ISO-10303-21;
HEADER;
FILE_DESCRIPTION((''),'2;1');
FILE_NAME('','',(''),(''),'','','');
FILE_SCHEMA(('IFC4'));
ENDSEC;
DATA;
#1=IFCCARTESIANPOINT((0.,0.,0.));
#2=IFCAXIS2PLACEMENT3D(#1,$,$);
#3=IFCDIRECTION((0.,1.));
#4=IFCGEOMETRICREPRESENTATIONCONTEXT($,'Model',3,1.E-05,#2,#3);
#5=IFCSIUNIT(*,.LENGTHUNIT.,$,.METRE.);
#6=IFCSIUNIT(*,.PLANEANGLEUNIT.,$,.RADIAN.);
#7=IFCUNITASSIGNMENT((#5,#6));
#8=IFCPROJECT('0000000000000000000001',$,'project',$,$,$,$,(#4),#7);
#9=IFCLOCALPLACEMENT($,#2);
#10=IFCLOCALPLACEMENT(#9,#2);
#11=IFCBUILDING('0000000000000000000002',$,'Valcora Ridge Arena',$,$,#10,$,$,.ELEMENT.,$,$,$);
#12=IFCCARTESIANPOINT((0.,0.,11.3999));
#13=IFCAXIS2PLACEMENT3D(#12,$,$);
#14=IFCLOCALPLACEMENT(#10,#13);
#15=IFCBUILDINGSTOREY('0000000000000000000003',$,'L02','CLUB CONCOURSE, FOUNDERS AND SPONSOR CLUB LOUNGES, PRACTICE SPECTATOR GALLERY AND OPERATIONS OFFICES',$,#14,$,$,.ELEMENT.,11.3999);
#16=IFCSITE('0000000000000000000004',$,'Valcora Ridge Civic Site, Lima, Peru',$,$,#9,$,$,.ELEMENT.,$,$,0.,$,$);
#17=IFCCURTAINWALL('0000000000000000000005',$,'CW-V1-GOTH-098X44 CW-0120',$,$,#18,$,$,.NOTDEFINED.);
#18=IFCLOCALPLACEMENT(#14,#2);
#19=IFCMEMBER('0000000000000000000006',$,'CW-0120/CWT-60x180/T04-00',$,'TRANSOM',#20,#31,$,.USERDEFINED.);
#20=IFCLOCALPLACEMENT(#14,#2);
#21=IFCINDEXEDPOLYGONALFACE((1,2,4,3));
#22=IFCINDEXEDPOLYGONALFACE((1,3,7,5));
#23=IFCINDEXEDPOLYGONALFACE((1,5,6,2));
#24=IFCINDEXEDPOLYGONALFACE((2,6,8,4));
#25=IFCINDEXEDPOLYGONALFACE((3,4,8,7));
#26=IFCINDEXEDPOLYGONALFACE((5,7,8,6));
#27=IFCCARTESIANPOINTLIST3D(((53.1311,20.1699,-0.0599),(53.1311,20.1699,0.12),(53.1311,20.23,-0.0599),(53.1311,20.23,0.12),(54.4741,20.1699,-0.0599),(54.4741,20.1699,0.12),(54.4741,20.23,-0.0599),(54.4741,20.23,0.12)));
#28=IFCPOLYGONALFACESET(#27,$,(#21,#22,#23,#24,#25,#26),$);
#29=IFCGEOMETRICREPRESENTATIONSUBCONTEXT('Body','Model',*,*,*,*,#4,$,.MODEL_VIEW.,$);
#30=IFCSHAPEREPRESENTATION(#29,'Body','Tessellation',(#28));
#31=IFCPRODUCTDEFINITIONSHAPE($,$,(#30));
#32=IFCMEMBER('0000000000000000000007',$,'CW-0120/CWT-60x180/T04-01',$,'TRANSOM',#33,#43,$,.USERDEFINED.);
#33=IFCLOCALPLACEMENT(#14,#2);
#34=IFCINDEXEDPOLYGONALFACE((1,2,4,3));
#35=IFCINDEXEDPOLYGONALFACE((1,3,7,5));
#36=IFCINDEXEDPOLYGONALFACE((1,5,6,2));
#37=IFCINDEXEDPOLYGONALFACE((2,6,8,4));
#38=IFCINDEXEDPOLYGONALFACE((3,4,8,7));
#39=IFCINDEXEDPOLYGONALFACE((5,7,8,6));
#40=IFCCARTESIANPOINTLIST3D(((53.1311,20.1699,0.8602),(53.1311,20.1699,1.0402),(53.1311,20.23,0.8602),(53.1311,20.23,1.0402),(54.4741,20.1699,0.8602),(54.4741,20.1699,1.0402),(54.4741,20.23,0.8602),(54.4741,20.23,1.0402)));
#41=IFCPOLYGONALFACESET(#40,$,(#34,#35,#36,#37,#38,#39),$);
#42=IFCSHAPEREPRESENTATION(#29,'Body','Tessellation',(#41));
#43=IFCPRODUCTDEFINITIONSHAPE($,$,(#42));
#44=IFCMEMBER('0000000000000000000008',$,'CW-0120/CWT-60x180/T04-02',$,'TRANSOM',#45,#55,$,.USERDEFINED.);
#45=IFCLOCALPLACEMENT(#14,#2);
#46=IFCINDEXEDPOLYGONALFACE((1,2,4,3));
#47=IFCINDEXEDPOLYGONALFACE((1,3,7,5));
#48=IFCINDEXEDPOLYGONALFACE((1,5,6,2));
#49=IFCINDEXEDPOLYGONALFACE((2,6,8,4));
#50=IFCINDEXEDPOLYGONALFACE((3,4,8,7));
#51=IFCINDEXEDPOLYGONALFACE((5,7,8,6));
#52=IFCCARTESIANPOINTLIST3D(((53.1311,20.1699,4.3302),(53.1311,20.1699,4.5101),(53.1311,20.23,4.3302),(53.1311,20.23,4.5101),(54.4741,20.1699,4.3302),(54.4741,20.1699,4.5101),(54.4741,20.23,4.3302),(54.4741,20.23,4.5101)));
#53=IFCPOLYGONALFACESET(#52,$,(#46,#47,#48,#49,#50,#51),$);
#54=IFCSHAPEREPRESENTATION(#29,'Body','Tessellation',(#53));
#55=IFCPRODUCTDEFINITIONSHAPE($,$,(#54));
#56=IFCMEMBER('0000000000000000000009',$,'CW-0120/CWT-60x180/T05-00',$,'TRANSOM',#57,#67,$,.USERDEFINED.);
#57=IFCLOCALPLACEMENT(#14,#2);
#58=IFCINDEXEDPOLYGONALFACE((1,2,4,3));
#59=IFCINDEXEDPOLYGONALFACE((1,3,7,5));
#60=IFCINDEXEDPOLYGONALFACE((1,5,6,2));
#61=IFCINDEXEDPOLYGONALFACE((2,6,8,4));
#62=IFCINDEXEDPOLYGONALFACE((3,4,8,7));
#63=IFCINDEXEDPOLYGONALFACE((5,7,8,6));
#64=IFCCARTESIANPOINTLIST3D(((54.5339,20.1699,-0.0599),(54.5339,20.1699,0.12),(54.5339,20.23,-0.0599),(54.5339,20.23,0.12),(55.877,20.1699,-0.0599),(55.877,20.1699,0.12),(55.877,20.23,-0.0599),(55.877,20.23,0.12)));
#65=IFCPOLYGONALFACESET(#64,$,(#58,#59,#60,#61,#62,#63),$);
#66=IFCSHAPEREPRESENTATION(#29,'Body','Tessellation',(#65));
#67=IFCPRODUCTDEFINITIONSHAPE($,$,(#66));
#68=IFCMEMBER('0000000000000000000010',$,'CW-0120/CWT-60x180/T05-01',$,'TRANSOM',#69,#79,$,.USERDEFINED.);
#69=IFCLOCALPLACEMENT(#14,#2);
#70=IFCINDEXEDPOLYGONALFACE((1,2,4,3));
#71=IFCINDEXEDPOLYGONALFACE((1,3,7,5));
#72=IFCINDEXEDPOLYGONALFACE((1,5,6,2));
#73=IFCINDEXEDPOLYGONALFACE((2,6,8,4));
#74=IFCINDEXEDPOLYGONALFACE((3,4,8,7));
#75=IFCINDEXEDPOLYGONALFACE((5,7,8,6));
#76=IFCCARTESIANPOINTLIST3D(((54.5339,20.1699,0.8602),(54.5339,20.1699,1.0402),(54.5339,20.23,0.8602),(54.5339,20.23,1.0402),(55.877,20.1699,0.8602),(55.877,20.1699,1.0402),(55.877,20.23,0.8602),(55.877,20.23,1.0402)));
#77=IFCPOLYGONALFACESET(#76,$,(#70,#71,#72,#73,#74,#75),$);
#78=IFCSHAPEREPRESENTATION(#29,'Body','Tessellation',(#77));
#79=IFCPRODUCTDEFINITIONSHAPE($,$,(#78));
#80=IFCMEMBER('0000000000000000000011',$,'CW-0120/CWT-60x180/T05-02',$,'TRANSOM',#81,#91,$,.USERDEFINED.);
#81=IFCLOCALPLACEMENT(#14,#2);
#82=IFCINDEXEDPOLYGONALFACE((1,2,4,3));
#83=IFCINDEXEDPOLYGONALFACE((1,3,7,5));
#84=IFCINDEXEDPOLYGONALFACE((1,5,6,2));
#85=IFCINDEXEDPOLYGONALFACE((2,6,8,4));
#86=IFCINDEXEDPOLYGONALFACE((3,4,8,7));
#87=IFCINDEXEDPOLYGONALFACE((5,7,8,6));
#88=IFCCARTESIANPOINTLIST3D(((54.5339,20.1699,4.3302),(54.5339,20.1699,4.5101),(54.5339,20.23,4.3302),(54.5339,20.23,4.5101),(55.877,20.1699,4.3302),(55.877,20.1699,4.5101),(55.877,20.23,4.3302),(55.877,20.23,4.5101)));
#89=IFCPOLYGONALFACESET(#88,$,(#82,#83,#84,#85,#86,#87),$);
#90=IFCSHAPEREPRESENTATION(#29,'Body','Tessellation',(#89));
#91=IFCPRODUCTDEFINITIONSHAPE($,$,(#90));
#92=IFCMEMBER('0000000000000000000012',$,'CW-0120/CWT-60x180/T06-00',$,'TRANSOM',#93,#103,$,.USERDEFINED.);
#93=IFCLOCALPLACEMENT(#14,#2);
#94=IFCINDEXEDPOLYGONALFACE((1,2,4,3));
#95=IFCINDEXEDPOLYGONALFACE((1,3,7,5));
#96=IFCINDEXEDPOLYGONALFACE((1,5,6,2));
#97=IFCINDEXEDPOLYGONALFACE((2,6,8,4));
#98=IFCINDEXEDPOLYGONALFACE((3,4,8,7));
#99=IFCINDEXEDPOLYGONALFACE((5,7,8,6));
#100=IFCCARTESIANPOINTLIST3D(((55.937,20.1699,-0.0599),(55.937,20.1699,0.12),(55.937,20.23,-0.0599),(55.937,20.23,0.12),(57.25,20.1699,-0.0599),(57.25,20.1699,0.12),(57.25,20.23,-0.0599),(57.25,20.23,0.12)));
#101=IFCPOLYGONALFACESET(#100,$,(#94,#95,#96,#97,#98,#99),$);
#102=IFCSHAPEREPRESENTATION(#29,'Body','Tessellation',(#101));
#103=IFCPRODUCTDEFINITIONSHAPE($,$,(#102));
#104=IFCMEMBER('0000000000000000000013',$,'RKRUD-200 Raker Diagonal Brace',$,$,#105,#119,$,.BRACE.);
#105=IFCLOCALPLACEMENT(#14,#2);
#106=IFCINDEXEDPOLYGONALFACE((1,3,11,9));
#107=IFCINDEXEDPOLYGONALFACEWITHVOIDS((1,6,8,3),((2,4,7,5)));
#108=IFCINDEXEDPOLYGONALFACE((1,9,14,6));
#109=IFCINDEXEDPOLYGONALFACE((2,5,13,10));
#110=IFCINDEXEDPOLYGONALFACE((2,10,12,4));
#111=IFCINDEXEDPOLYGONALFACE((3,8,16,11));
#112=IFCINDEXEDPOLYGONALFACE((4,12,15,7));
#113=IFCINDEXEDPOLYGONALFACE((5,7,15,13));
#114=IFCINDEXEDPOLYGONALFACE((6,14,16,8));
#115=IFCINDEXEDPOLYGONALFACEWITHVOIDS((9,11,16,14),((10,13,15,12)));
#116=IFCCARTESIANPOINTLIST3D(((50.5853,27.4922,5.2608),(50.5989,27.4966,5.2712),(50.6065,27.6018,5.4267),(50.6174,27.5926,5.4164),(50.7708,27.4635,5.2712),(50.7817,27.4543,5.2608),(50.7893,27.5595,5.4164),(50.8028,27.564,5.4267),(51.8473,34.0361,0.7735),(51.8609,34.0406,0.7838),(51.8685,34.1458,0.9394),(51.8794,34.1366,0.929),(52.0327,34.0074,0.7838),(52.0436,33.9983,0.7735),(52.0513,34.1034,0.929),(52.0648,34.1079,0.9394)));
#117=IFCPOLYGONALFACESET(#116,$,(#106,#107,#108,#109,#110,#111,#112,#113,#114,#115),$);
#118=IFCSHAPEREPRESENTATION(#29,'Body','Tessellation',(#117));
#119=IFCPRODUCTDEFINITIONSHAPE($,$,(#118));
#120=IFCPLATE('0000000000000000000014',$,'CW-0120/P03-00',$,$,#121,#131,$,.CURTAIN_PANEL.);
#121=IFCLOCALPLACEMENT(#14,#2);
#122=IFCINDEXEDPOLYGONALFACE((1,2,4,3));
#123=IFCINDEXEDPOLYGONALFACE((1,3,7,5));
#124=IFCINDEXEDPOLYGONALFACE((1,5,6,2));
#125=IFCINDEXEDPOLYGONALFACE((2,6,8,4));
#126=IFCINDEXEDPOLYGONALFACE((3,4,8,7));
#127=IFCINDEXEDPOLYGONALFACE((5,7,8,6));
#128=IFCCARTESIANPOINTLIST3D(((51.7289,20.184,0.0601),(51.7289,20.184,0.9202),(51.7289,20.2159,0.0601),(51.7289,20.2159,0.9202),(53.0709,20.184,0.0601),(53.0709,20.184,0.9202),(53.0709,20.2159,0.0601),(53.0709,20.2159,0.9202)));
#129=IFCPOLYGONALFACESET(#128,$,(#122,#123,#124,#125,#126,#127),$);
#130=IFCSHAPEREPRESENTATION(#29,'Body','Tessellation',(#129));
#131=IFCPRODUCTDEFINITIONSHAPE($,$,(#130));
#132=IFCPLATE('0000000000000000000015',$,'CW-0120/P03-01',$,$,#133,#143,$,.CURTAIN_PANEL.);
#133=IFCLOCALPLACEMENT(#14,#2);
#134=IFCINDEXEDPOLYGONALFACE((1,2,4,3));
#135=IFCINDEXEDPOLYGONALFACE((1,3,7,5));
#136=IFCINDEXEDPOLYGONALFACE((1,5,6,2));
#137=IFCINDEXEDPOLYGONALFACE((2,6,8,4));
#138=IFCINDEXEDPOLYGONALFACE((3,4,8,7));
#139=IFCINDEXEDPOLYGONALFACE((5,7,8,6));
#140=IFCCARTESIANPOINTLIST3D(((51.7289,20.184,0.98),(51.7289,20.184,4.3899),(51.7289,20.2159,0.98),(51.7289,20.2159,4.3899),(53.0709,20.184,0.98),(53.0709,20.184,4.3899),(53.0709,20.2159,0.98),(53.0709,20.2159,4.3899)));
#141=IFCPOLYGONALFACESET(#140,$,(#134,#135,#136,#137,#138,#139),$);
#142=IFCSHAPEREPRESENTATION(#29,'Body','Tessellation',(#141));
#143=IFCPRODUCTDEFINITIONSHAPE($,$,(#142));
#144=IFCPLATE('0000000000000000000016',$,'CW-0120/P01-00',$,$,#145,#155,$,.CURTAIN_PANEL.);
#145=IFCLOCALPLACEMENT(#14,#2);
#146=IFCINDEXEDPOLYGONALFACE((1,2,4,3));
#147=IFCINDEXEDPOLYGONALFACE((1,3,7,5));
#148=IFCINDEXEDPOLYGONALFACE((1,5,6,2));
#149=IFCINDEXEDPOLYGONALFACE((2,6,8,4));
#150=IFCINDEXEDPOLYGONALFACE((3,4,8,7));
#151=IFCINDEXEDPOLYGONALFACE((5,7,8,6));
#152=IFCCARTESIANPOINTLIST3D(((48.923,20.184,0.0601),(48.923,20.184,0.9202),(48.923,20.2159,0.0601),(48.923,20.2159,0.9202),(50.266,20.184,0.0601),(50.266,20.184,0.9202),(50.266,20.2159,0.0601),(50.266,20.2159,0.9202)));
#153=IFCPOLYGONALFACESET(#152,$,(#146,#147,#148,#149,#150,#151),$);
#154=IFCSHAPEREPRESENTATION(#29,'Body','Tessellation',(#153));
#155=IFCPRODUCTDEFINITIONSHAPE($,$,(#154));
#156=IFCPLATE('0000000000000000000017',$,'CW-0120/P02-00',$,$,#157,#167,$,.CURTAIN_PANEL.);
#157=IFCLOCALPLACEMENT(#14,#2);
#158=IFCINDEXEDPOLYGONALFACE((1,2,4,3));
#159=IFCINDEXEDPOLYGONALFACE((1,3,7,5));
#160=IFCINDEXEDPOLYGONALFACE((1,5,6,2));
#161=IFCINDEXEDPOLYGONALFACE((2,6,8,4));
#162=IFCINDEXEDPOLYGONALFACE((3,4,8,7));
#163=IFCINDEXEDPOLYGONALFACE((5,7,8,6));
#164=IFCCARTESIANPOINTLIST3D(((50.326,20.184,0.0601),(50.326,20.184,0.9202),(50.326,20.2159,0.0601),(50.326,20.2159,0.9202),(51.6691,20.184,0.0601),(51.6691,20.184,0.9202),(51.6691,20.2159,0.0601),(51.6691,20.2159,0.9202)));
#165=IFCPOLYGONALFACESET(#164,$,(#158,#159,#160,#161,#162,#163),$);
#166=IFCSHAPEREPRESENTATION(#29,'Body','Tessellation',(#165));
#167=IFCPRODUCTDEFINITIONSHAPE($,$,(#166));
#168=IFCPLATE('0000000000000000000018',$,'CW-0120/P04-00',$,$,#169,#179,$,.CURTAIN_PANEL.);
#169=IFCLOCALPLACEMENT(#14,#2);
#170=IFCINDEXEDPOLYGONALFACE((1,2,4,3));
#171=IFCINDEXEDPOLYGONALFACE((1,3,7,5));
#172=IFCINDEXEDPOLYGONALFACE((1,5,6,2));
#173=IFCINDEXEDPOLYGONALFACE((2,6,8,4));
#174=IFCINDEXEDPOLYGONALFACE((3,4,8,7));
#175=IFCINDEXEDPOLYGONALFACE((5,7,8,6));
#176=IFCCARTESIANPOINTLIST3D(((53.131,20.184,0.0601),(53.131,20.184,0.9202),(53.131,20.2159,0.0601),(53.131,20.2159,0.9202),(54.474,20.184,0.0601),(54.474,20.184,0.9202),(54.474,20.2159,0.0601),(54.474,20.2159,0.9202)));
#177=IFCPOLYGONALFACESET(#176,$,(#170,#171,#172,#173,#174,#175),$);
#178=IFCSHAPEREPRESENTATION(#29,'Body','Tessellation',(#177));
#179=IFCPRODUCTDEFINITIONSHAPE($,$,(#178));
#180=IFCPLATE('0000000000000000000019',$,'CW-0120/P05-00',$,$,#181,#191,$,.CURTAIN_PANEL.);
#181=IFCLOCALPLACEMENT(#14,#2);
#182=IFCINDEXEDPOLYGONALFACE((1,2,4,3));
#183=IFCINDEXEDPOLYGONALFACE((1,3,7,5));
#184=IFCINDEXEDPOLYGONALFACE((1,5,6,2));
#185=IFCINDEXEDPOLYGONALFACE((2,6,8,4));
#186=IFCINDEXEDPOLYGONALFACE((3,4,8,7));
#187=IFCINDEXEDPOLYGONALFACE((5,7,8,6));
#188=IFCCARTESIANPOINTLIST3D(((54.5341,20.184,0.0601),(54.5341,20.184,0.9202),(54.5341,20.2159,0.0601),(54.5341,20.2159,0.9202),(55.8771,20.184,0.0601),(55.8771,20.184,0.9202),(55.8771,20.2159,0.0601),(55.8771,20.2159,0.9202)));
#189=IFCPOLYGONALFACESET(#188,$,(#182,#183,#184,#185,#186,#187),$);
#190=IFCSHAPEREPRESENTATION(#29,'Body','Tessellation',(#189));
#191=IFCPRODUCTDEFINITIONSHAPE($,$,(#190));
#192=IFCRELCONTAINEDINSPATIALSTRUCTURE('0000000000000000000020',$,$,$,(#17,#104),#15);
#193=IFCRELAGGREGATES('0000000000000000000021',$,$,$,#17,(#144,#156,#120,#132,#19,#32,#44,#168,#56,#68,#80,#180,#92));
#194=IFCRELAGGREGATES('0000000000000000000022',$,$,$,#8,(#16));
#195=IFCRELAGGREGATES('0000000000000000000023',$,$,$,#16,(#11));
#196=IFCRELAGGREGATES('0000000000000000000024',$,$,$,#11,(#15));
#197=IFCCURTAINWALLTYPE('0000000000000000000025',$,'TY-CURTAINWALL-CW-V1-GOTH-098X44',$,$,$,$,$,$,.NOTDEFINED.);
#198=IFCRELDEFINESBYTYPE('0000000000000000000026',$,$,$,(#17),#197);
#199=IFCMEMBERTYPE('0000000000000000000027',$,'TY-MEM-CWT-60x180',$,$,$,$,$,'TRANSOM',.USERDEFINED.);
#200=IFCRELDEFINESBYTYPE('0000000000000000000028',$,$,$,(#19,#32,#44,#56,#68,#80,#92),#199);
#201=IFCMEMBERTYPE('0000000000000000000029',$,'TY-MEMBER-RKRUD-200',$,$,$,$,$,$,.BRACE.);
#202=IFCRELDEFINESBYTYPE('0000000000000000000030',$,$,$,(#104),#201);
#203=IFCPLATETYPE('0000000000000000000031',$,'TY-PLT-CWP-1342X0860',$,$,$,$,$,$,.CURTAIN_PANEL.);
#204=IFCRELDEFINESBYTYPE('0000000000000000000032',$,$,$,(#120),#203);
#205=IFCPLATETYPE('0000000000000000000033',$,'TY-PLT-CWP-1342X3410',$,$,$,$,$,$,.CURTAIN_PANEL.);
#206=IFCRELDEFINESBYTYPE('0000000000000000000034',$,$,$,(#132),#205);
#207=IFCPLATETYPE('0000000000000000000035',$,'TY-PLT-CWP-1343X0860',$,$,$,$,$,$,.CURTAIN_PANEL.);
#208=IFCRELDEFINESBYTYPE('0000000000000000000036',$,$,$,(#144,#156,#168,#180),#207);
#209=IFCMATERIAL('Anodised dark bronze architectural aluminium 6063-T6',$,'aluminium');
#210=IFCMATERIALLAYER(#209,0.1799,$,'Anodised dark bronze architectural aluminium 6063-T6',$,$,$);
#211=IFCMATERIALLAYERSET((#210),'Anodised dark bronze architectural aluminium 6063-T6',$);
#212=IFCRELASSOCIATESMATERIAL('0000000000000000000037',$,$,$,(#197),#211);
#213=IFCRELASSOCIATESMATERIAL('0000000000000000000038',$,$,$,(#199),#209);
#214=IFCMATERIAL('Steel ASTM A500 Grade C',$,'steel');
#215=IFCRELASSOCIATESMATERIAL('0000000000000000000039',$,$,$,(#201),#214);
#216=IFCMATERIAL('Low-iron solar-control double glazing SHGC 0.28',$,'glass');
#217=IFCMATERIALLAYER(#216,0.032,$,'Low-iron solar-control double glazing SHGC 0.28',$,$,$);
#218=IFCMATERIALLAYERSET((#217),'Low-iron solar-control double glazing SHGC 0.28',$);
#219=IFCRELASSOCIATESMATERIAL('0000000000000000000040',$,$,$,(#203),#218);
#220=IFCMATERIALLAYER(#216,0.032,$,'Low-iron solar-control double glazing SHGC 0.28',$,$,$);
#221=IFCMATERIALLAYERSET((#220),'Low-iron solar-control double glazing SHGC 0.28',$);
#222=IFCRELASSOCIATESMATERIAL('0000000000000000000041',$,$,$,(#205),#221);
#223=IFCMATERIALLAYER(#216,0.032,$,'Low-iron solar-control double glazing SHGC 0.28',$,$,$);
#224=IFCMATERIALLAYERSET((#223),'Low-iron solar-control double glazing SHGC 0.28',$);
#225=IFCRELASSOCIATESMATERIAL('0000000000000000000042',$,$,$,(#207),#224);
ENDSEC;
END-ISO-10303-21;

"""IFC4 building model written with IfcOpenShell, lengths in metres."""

from ifc_helpers import new_model, si_unit, direction, frame, origin, origin_2d, place, context, subcontext, project, spatial, rectangle, hollow_rectangle, extrude, material, layer, layer_set, material_profile, profile_set, type_object, element, aggregate, save


model = new_model("IFC4")

# Units and contexts
model_context = context("Model", 3, precision=1e-05, world=origin(), true_north=direction((0.0, 1.0)))
body_context = subcontext(model_context, "Body", "Model", "MODEL_VIEW")
ifc_project = project(units=[si_unit("LENGTHUNIT", "METRE"), si_unit("PLANEANGLEUNIT", "RADIAN")], contexts=[model_context])

# Site, building, storey
site_placement = place(None, origin())
site = spatial("IfcSite", under=ifc_project, at=site_placement, Name="Valcora Ridge Civic Site, Lima, Peru", CompositionType="ELEMENT", RefElevation=0.0)
building_placement = place(site_placement, origin())
building = spatial("IfcBuilding", under=site, at=building_placement, Name="Valcora Ridge Arena", CompositionType="ELEMENT")
storey_placement = place(building_placement, frame((0.0, 0.0, 11.3999)))
storey = spatial("IfcBuildingStorey", under=building, at=storey_placement, Name="L02", Description="CLUB CONCOURSE, FOUNDERS AND SPONSOR CLUB LOUNGES, PRACTICE SPECTATOR GALLERY AND OPERATIONS OFFICES", CompositionType="ELEMENT", Elevation=11.3999)

# Curtain wall, members
ifc_material_1 = material(Name="Anodised dark bronze architectural aluminium 6063-T6", Category="aluminium")
ifc_layer_1 = layer(ifc_material_1, 0.1799, Name="Anodised dark bronze architectural aluminium 6063-T6")
ifc_layer_set_1 = layer_set([ifc_layer_1], Name="Anodised dark bronze architectural aluminium 6063-T6")
curtain_wall_type = type_object("IfcCurtainWallType", Name="TY-CURTAINWALL-CW-V1-GOTH-098X44", PredefinedType="NOTDEFINED", material=ifc_layer_set_1)
curtain_wall_placement = place(storey_placement, origin())
curtain_wall = element("IfcCurtainWall", 1, at=curtain_wall_placement, inside=storey, type_object=curtain_wall_type, Name="CW-V1-GOTH-098X44 CW-0120", PredefinedType="NOTDEFINED")
ifc_material_profile_1 = material_profile(ifc_material_1, rectangle(XDim=0.0601, YDim=0.1799, at=origin_2d()), Name="ALU TRANSOM 60x180")
ifc_profile_set_1 = profile_set([ifc_material_profile_1], Name="Anodised dark bronze architectural aluminium 6063-T6")
member_type_1 = type_object("IfcMemberType", Name="TY-MEM-CWT-60x180", ElementType="TRANSOM", PredefinedType="USERDEFINED", material=ifc_profile_set_1)
member_1_placement = place(storey_placement, frame((53.1311, 20.2, 0.03), z_axis=(1.0, 0.0, 0.0), x_axis=(0.0, 1.0, 0.0)))
member_1 = element("IfcMember", 2, at=member_1_placement, type_object=member_type_1, Name="CW-0120/CWT-60x180/T04-00", ObjectType="TRANSOM", PredefinedType="USERDEFINED", context=body_context, shape_type="SweptSolid", body=[
    extrude(rectangle(XDim=0.0601, YDim=0.1799, at=origin_2d()), origin(), (0.0, 0.0, 1.0), 1.343),
])
member_2_placement = place(storey_placement, frame((53.1311, 20.2, 0.9502), z_axis=(1.0, 0.0, 0.0), x_axis=(0.0, 1.0, 0.0)))
member_2 = element("IfcMember", 3, at=member_2_placement, type_object=member_type_1, Name="CW-0120/CWT-60x180/T04-01", ObjectType="TRANSOM", PredefinedType="USERDEFINED", context=body_context, shape_type="SweptSolid", body=[
    extrude(rectangle(XDim=0.0601, YDim=0.1799, at=origin_2d()), origin(), (0.0, 0.0, 1.0), 1.343),
])
member_3_placement = place(storey_placement, frame((53.1311, 20.2, 4.4202), z_axis=(1.0, 0.0, 0.0), x_axis=(0.0, 1.0, 0.0)))
member_3 = element("IfcMember", 4, at=member_3_placement, type_object=member_type_1, Name="CW-0120/CWT-60x180/T04-02", ObjectType="TRANSOM", PredefinedType="USERDEFINED", context=body_context, shape_type="SweptSolid", body=[
    extrude(rectangle(XDim=0.0601, YDim=0.1799, at=origin_2d()), origin(), (0.0, 0.0, 1.0), 1.343),
])
member_4_placement = place(storey_placement, frame((54.5339, 20.2, 0.03), z_axis=(1.0, 0.0, 0.0), x_axis=(0.0, 1.0, 0.0)))
member_4 = element("IfcMember", 5, at=member_4_placement, type_object=member_type_1, Name="CW-0120/CWT-60x180/T05-00", ObjectType="TRANSOM", PredefinedType="USERDEFINED", context=body_context, shape_type="SweptSolid", body=[
    extrude(rectangle(XDim=0.0601, YDim=0.1799, at=origin_2d()), origin(), (0.0, 0.0, 1.0), 1.343),
])
member_5_placement = place(storey_placement, frame((54.5339, 20.2, 0.9502), z_axis=(1.0, 0.0, 0.0), x_axis=(0.0, 1.0, 0.0)))
member_5 = element("IfcMember", 6, at=member_5_placement, type_object=member_type_1, Name="CW-0120/CWT-60x180/T05-01", ObjectType="TRANSOM", PredefinedType="USERDEFINED", context=body_context, shape_type="SweptSolid", body=[
    extrude(rectangle(XDim=0.0601, YDim=0.1799, at=origin_2d()), origin(), (0.0, 0.0, 1.0), 1.343),
])
member_6_placement = place(storey_placement, frame((54.5339, 20.2, 4.4202), z_axis=(1.0, 0.0, 0.0), x_axis=(0.0, 1.0, 0.0)))
member_6 = element("IfcMember", 7, at=member_6_placement, type_object=member_type_1, Name="CW-0120/CWT-60x180/T05-02", ObjectType="TRANSOM", PredefinedType="USERDEFINED", context=body_context, shape_type="SweptSolid", body=[
    extrude(rectangle(XDim=0.0601, YDim=0.1799, at=origin_2d()), origin(), (0.0, 0.0, 1.0), 1.343),
])
member_7_placement = place(storey_placement, frame((55.937, 20.2, 0.03), z_axis=(1.0, 0.0, 0.0), x_axis=(0.0, 1.0, 0.0)))
member_7 = element("IfcMember", 8, at=member_7_placement, type_object=member_type_1, Name="CW-0120/CWT-60x180/T06-00", ObjectType="TRANSOM", PredefinedType="USERDEFINED", context=body_context, shape_type="SweptSolid", body=[
    extrude(rectangle(XDim=0.0601, YDim=0.1799, at=origin_2d()), origin(), (0.0, 0.0, 1.0), 1.313),
])

# Member
ifc_material_2 = material(Name="Steel ASTM A500 Grade C", Category="steel")
ifc_material_profile_2 = material_profile(ifc_material_2, hollow_rectangle(XDim=0.2, YDim=0.2, WallThickness=0.0125, at=origin_2d()), Name="HSS200X200X12")
ifc_profile_set_2 = profile_set([ifc_material_profile_2], Name="Steel ASTM A500 Grade C")
member_type_2 = type_object("IfcMemberType", Name="TY-MEMBER-RKRUD-200", PredefinedType="BRACE", material=ifc_profile_set_2)
member_8_placement = place(storey_placement, frame((51.9561, 34.072, 0.8564), z_axis=(-0.15707, -0.81449, 0.558511), x_axis=(0.981909, -0.189356, 0.0)))
element("IfcMember", 9, at=member_8_placement, inside=storey, type_object=member_type_2, Name="RKRUD-200 Raker Diagonal Brace", PredefinedType="BRACE", context=body_context, shape_type="SweptSolid", body=[
    extrude(hollow_rectangle(XDim=0.2, YDim=0.2, WallThickness=0.0125, at=origin_2d()), origin(), (0.0, 0.0, 1.0), 8.0344),
])

# Plates
ifc_material_3 = material(Name="Low-iron solar-control double glazing SHGC 0.28", Category="glass")
ifc_layer_2 = layer(ifc_material_3, 0.032, Name="Low-iron solar-control double glazing SHGC 0.28")
ifc_layer_set_2 = layer_set([ifc_layer_2], Name="Low-iron solar-control double glazing SHGC 0.28")
plate_type_1 = type_object("IfcPlateType", Name="TY-PLT-CWP-1342X0860", PredefinedType="CURTAIN_PANEL", material=ifc_layer_set_2)
plate_1_placement = place(storey_placement, frame((52.3999, 20.2, 0.0601), z_axis=(0.0, 0.0, 1.0), x_axis=(1.0, 0.0, 0.0)))
plate_1 = element("IfcPlate", 10, at=plate_1_placement, type_object=plate_type_1, Name="CW-0120/P03-00", PredefinedType="CURTAIN_PANEL", context=body_context, shape_type="SweptSolid", body=[
    extrude(rectangle(XDim=1.342, YDim=0.032, at=origin_2d()), origin(), (0.0, 0.0, 1.0), 0.8601),
])
ifc_layer_3 = layer(ifc_material_3, 0.032, Name="Low-iron solar-control double glazing SHGC 0.28")
ifc_layer_set_3 = layer_set([ifc_layer_3], Name="Low-iron solar-control double glazing SHGC 0.28")
plate_type_2 = type_object("IfcPlateType", Name="TY-PLT-CWP-1342X3410", PredefinedType="CURTAIN_PANEL", material=ifc_layer_set_3)
plate_2_placement = place(storey_placement, frame((52.3999, 20.2, 0.98), z_axis=(0.0, 0.0, 1.0), x_axis=(1.0, 0.0, 0.0)))
plate_2 = element("IfcPlate", 11, at=plate_2_placement, type_object=plate_type_2, Name="CW-0120/P03-01", PredefinedType="CURTAIN_PANEL", context=body_context, shape_type="SweptSolid", body=[
    extrude(rectangle(XDim=1.342, YDim=0.032, at=origin_2d()), origin(), (0.0, 0.0, 1.0), 3.4099),
])
ifc_layer_4 = layer(ifc_material_3, 0.032, Name="Low-iron solar-control double glazing SHGC 0.28")
ifc_layer_set_4 = layer_set([ifc_layer_4], Name="Low-iron solar-control double glazing SHGC 0.28")
plate_type_3 = type_object("IfcPlateType", Name="TY-PLT-CWP-1343X0860", PredefinedType="CURTAIN_PANEL", material=ifc_layer_set_4)
plate_3_placement = place(storey_placement, frame((49.5945, 20.2, 0.0601), z_axis=(0.0, 0.0, 1.0), x_axis=(1.0, 0.0, 0.0)))
plate_3 = element("IfcPlate", 12, at=plate_3_placement, type_object=plate_type_3, Name="CW-0120/P01-00", PredefinedType="CURTAIN_PANEL", context=body_context, shape_type="SweptSolid", body=[
    extrude(rectangle(XDim=1.343, YDim=0.032, at=origin_2d()), origin(), (0.0, 0.0, 1.0), 0.8601),
])
plate_4_placement = place(storey_placement, frame((50.9976, 20.2, 0.0601), z_axis=(0.0, 0.0, 1.0), x_axis=(1.0, 0.0, 0.0)))
plate_4 = element("IfcPlate", 13, at=plate_4_placement, type_object=plate_type_3, Name="CW-0120/P02-00", PredefinedType="CURTAIN_PANEL", context=body_context, shape_type="SweptSolid", body=[
    extrude(rectangle(XDim=1.343, YDim=0.032, at=origin_2d()), origin(), (0.0, 0.0, 1.0), 0.8601),
])
plate_5_placement = place(storey_placement, frame((53.8025, 20.2, 0.0601), z_axis=(0.0, 0.0, 1.0), x_axis=(1.0, 0.0, 0.0)))
plate_5 = element("IfcPlate", 14, at=plate_5_placement, type_object=plate_type_3, Name="CW-0120/P04-00", PredefinedType="CURTAIN_PANEL", context=body_context, shape_type="SweptSolid", body=[
    extrude(rectangle(XDim=1.343, YDim=0.032, at=origin_2d()), origin(), (0.0, 0.0, 1.0), 0.8601),
])
plate_6_placement = place(storey_placement, frame((55.2056, 20.2, 0.0601), z_axis=(0.0, 0.0, 1.0), x_axis=(1.0, 0.0, 0.0)))
plate_6 = element("IfcPlate", 15, at=plate_6_placement, type_object=plate_type_3, Name="CW-0120/P05-00", PredefinedType="CURTAIN_PANEL", context=body_context, shape_type="SweptSolid", body=[
    extrude(rectangle(XDim=1.343, YDim=0.032, at=origin_2d()), origin(), (0.0, 0.0, 1.0), 0.8601),
])
aggregate(curtain_wall, [plate_3, plate_4, plate_1, plate_2, member_1, member_2, member_3, plate_5, member_4, member_5, member_6, plate_6, member_7])

save(model, "model.ifc")
